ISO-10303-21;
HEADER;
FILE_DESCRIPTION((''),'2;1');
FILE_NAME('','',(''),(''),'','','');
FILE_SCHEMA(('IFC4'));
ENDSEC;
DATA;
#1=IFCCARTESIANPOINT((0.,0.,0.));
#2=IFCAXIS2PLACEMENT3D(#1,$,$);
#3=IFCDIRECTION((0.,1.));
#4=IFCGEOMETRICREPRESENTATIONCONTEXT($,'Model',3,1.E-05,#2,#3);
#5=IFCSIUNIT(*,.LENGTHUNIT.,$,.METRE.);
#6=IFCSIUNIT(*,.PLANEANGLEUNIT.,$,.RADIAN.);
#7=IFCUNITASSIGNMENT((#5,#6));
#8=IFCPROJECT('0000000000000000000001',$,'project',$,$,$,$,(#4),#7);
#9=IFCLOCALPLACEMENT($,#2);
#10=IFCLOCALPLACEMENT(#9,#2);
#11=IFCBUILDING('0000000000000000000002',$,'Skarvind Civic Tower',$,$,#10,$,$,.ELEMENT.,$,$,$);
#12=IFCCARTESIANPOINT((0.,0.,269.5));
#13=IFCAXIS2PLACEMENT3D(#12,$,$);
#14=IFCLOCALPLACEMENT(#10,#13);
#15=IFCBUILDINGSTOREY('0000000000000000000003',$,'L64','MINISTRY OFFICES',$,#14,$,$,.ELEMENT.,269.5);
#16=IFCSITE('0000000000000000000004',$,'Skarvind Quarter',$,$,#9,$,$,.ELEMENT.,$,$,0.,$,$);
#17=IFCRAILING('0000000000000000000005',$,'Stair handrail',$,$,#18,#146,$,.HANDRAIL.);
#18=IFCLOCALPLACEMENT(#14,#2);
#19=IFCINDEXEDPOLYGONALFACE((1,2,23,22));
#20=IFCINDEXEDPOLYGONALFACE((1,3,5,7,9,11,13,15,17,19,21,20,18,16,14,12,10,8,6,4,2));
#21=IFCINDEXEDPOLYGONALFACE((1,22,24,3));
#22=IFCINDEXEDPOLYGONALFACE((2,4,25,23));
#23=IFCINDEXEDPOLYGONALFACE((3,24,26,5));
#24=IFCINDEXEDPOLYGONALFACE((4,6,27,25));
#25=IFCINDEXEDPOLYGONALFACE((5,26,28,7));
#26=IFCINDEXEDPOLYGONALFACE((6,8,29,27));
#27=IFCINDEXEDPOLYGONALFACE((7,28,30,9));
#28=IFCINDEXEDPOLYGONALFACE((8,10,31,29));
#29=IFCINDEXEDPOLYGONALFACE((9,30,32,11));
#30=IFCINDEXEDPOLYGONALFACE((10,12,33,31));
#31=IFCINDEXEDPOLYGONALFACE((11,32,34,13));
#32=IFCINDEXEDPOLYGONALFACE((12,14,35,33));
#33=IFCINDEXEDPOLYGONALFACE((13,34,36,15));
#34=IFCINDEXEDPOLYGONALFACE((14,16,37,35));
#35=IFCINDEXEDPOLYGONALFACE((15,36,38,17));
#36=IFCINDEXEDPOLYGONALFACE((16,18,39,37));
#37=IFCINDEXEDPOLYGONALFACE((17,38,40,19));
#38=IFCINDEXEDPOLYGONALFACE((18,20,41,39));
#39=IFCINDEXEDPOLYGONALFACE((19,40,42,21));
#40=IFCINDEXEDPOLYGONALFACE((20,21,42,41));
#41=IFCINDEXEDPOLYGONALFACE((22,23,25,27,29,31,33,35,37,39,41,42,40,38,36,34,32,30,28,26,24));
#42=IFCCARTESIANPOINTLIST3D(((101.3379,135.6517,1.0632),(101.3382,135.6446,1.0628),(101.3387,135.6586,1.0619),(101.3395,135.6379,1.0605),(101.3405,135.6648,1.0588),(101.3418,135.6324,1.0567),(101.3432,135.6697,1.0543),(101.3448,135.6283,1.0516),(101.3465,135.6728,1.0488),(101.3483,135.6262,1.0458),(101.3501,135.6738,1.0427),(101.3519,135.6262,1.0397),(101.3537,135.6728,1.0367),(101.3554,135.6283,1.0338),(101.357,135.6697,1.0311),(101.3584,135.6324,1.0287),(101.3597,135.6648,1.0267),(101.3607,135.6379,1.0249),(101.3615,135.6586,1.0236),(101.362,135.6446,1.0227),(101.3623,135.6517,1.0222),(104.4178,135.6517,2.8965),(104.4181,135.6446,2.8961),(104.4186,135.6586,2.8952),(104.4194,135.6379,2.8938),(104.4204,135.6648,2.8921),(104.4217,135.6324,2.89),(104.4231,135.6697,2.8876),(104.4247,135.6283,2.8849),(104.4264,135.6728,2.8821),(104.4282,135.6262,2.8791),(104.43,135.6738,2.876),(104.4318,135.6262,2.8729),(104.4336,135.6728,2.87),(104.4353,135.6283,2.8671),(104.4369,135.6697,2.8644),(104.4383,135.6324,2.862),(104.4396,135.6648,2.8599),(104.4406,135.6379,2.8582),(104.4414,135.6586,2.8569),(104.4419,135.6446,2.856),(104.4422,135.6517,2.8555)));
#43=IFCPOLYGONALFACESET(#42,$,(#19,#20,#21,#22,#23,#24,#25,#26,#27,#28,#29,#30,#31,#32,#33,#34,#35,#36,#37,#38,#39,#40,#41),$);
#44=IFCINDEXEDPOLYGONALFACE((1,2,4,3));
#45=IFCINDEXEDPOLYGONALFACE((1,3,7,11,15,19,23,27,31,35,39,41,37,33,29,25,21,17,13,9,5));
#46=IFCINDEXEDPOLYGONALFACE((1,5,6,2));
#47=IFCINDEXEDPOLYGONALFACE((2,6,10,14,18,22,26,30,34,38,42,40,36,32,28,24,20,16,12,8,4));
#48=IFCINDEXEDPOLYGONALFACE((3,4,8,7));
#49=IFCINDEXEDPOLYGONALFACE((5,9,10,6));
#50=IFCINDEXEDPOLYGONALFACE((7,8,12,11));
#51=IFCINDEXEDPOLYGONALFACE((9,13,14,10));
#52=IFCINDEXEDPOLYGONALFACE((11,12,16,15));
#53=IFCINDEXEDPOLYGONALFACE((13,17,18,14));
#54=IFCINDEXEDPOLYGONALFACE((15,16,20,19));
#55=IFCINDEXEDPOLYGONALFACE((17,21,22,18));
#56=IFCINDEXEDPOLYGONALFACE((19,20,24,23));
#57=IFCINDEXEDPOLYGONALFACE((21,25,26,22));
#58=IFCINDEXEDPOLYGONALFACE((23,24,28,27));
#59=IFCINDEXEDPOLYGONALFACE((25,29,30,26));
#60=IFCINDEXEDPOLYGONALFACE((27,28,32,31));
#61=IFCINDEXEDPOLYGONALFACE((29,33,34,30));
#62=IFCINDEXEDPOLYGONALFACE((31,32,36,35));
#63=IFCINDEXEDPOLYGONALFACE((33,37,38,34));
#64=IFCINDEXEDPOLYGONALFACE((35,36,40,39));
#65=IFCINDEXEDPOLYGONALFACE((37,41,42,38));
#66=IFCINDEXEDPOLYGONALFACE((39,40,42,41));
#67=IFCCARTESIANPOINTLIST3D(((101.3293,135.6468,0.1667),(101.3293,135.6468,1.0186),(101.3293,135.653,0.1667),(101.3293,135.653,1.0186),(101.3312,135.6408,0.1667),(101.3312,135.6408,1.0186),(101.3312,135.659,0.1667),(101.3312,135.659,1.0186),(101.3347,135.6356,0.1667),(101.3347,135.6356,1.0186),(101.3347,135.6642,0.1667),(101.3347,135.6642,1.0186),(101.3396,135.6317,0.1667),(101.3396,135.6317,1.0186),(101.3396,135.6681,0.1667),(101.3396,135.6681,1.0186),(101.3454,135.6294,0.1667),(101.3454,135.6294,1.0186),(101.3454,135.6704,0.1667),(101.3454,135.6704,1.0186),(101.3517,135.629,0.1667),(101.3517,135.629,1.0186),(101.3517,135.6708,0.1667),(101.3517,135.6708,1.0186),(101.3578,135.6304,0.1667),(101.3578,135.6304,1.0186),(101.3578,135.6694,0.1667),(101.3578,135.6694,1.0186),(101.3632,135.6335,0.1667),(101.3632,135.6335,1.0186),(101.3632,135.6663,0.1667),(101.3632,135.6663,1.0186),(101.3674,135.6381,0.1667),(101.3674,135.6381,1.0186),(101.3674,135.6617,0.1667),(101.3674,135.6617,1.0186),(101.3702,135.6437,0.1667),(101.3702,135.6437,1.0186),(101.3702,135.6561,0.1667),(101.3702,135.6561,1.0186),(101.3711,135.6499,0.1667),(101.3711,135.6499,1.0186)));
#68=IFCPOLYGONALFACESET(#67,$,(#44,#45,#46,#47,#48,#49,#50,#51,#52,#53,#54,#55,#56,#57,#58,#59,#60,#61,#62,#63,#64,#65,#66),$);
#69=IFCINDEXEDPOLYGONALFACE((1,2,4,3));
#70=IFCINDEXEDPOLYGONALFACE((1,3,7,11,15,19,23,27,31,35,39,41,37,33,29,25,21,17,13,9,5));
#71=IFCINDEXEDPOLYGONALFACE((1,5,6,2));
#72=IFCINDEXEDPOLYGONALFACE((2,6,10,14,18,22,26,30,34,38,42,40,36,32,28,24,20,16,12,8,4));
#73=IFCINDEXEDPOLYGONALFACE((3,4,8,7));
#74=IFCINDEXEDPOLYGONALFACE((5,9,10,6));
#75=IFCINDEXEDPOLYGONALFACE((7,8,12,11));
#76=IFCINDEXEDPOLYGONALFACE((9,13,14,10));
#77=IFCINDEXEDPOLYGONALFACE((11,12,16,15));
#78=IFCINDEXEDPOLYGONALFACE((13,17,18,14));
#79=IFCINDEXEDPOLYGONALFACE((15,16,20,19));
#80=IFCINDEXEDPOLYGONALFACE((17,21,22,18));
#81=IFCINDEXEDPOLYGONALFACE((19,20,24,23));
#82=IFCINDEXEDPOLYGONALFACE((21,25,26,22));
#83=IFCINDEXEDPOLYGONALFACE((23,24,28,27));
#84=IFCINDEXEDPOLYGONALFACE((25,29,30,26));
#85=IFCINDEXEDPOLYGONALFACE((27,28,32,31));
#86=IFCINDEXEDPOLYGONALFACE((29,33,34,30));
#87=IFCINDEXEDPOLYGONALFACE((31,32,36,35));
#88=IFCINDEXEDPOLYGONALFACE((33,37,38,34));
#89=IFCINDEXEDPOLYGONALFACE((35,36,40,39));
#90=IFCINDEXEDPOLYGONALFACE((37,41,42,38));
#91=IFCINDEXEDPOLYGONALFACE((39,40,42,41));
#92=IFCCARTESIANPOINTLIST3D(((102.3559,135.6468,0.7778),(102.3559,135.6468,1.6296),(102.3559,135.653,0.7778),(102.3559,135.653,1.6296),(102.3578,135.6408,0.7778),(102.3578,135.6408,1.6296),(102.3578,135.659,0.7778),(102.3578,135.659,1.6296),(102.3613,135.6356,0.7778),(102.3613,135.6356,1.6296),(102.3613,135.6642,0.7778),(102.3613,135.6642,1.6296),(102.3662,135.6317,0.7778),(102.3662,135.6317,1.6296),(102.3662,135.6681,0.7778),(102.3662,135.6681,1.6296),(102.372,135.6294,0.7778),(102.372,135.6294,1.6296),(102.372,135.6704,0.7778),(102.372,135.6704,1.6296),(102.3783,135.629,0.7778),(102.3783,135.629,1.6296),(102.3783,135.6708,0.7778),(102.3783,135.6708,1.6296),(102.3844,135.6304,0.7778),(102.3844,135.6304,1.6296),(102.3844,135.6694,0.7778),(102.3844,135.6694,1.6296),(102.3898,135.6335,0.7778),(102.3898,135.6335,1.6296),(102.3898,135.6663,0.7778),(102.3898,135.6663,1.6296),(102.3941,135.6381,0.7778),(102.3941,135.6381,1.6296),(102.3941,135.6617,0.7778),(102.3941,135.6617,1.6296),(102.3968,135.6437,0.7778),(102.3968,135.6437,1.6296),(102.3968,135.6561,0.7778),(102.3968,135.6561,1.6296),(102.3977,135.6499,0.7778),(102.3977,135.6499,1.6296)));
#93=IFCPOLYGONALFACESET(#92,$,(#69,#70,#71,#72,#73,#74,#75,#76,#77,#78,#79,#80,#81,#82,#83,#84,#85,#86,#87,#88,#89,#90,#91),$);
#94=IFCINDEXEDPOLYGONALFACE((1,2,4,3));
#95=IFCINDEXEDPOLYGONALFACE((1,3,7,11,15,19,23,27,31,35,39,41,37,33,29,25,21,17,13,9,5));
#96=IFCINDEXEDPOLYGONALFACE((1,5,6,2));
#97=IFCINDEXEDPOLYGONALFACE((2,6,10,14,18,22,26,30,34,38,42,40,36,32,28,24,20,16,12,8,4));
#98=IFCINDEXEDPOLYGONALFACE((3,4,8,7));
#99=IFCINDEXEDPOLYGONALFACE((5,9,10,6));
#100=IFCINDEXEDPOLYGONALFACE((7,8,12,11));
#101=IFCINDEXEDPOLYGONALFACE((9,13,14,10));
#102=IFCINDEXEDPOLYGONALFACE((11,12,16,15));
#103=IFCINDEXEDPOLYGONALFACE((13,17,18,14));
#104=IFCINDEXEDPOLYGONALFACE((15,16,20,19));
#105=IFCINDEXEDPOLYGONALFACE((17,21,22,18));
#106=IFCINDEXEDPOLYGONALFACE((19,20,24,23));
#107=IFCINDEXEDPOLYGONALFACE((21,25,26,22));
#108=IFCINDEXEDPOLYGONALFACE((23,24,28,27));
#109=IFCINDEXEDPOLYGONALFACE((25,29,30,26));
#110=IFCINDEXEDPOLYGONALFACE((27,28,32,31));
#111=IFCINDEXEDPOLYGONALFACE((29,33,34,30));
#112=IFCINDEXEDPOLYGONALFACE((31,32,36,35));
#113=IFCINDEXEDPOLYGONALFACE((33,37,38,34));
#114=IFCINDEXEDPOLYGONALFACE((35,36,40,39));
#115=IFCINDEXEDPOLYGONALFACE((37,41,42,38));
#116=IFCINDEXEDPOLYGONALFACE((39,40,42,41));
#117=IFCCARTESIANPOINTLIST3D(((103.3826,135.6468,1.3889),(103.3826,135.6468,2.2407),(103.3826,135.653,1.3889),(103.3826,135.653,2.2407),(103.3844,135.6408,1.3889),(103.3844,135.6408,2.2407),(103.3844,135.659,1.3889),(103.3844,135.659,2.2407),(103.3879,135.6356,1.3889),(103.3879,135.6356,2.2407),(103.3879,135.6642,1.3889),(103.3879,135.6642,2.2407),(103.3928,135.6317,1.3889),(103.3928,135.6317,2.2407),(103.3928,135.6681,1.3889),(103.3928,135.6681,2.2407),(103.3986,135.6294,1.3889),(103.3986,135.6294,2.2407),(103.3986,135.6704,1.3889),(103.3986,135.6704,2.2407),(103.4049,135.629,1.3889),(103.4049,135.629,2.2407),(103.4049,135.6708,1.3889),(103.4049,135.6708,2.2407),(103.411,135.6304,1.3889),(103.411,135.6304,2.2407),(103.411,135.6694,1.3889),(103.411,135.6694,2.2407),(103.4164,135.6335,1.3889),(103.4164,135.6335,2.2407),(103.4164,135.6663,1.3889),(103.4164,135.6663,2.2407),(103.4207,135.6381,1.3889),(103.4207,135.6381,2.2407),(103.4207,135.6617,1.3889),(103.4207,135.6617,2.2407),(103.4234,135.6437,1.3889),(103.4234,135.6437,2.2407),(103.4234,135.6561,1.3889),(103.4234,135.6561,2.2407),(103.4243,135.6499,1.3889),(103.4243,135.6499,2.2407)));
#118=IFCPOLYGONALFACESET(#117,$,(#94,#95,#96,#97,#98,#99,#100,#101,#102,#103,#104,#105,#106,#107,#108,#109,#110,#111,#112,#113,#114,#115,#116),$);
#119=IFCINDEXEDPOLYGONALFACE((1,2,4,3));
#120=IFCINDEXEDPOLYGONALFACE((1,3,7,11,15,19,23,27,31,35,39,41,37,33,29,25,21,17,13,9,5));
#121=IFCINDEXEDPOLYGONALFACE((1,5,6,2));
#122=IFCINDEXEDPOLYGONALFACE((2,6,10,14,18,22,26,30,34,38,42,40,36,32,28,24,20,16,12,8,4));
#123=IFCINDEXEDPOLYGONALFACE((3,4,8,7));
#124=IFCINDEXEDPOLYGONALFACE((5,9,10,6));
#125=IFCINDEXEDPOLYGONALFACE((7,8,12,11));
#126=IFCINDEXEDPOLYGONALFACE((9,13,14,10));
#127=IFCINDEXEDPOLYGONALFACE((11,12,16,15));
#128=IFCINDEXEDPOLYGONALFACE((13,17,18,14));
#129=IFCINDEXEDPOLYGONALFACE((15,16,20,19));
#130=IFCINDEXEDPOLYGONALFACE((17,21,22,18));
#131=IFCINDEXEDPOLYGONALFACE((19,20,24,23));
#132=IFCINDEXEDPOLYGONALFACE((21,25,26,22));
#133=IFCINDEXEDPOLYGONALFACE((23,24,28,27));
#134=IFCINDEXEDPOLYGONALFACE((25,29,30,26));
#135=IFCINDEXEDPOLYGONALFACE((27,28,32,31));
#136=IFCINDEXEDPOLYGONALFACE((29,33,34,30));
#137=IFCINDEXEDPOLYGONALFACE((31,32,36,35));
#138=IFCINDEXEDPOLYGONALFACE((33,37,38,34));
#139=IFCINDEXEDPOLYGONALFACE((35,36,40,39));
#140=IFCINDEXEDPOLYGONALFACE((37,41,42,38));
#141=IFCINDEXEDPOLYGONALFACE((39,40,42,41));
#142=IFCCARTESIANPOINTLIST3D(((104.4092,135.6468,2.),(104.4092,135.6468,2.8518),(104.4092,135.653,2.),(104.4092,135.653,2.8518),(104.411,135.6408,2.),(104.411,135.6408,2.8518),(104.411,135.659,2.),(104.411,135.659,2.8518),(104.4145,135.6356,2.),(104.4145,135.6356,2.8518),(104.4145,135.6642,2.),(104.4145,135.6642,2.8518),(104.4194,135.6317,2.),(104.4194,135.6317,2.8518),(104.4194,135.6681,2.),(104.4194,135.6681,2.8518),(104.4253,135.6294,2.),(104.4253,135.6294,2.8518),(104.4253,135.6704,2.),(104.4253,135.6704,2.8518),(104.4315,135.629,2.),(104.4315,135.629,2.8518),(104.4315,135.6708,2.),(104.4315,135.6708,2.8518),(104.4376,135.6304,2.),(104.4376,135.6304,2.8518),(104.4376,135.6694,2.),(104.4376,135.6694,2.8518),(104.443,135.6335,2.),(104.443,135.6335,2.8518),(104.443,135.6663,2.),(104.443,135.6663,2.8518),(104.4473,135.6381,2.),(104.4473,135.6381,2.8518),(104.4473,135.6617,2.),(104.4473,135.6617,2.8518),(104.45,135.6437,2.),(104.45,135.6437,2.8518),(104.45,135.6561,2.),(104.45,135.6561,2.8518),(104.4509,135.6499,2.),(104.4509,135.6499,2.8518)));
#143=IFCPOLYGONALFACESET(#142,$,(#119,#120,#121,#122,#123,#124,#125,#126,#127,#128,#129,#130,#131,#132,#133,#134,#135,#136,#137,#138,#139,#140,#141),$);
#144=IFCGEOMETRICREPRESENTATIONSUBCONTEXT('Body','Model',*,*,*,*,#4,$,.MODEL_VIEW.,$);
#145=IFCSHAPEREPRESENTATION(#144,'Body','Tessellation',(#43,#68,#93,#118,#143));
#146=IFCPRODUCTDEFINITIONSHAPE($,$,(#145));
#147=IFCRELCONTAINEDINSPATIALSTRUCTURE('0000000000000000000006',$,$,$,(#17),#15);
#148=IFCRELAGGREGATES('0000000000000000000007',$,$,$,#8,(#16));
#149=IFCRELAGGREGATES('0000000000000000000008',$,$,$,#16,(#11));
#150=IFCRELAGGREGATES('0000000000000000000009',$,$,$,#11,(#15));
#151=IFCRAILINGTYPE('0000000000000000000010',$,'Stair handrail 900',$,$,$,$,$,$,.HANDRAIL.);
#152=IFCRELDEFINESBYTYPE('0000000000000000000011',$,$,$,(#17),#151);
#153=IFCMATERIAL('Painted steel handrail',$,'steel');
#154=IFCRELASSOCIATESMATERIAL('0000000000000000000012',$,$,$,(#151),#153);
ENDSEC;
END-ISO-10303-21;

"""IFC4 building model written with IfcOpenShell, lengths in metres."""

from ifc_helpers import new_model, si_unit, direction, frame, origin, origin_2d, place, context, subcontext, project, spatial, circle, extrude, material, type_object, element, save


model = new_model("IFC4")

# Units and contexts
model_context = context("Model", 3, precision=1e-05, world=origin(), true_north=direction((0.0, 1.0)))
body_context = subcontext(model_context, "Body", "Model", "MODEL_VIEW")
ifc_project = project(units=[si_unit("LENGTHUNIT", "METRE"), si_unit("PLANEANGLEUNIT", "RADIAN")], contexts=[model_context])

# Site, building, storey
site_placement = place(None, origin())
site = spatial("IfcSite", under=ifc_project, at=site_placement, Name="Skarvind Quarter", CompositionType="ELEMENT", RefElevation=0.0)
building_placement = place(site_placement, origin())
building = spatial("IfcBuilding", under=site, at=building_placement, Name="Skarvind Civic Tower", CompositionType="ELEMENT")
storey_placement = place(building_placement, frame((0.0, 0.0, 269.5)))
storey = spatial("IfcBuildingStorey", under=building, at=storey_placement, Name="L64", Description="MINISTRY OFFICES", CompositionType="ELEMENT", Elevation=269.5)

# Railing
ifc_material_1 = material(Name="Painted steel handrail", Category="steel")
railing_type = type_object("IfcRailingType", Name="Stair handrail 900", PredefinedType="HANDRAIL", material=ifc_material_1)
railing_1_placement = place(storey_placement, frame((101.3501, 135.6499, 0.1667)))
element("IfcRailing", 1, at=railing_1_placement, inside=storey, type_object=railing_type, Name="Stair handrail", PredefinedType="HANDRAIL", context=body_context, shape_type="SweptSolid", body=[
    extrude(circle(Radius=0.0239, at=origin_2d()), frame((0.0, 0.0, 0.876), z_axis=(0.859291, 0.0, 0.511487), x_axis=(0.0, 1.0, 0.0)), (0.0, 0.0, 1.0), 3.5842),
    extrude(circle(Radius=0.021, at=origin_2d()), origin(), (0.0, 0.0, 1.0), 0.8518),
    extrude(circle(Radius=0.021, at=origin_2d()), frame((1.0266, 0.0, 0.6111)), (0.0, 0.0, 1.0), 0.8518),
    extrude(circle(Radius=0.021, at=origin_2d()), frame((2.0532, 0.0, 1.2222)), (0.0, 0.0, 1.0), 0.8518),
    extrude(circle(Radius=0.021, at=origin_2d()), frame((3.0798, 0.0, 1.8333)), (0.0, 0.0, 1.0), 0.8518),
])

save(model, "model.ifc")
